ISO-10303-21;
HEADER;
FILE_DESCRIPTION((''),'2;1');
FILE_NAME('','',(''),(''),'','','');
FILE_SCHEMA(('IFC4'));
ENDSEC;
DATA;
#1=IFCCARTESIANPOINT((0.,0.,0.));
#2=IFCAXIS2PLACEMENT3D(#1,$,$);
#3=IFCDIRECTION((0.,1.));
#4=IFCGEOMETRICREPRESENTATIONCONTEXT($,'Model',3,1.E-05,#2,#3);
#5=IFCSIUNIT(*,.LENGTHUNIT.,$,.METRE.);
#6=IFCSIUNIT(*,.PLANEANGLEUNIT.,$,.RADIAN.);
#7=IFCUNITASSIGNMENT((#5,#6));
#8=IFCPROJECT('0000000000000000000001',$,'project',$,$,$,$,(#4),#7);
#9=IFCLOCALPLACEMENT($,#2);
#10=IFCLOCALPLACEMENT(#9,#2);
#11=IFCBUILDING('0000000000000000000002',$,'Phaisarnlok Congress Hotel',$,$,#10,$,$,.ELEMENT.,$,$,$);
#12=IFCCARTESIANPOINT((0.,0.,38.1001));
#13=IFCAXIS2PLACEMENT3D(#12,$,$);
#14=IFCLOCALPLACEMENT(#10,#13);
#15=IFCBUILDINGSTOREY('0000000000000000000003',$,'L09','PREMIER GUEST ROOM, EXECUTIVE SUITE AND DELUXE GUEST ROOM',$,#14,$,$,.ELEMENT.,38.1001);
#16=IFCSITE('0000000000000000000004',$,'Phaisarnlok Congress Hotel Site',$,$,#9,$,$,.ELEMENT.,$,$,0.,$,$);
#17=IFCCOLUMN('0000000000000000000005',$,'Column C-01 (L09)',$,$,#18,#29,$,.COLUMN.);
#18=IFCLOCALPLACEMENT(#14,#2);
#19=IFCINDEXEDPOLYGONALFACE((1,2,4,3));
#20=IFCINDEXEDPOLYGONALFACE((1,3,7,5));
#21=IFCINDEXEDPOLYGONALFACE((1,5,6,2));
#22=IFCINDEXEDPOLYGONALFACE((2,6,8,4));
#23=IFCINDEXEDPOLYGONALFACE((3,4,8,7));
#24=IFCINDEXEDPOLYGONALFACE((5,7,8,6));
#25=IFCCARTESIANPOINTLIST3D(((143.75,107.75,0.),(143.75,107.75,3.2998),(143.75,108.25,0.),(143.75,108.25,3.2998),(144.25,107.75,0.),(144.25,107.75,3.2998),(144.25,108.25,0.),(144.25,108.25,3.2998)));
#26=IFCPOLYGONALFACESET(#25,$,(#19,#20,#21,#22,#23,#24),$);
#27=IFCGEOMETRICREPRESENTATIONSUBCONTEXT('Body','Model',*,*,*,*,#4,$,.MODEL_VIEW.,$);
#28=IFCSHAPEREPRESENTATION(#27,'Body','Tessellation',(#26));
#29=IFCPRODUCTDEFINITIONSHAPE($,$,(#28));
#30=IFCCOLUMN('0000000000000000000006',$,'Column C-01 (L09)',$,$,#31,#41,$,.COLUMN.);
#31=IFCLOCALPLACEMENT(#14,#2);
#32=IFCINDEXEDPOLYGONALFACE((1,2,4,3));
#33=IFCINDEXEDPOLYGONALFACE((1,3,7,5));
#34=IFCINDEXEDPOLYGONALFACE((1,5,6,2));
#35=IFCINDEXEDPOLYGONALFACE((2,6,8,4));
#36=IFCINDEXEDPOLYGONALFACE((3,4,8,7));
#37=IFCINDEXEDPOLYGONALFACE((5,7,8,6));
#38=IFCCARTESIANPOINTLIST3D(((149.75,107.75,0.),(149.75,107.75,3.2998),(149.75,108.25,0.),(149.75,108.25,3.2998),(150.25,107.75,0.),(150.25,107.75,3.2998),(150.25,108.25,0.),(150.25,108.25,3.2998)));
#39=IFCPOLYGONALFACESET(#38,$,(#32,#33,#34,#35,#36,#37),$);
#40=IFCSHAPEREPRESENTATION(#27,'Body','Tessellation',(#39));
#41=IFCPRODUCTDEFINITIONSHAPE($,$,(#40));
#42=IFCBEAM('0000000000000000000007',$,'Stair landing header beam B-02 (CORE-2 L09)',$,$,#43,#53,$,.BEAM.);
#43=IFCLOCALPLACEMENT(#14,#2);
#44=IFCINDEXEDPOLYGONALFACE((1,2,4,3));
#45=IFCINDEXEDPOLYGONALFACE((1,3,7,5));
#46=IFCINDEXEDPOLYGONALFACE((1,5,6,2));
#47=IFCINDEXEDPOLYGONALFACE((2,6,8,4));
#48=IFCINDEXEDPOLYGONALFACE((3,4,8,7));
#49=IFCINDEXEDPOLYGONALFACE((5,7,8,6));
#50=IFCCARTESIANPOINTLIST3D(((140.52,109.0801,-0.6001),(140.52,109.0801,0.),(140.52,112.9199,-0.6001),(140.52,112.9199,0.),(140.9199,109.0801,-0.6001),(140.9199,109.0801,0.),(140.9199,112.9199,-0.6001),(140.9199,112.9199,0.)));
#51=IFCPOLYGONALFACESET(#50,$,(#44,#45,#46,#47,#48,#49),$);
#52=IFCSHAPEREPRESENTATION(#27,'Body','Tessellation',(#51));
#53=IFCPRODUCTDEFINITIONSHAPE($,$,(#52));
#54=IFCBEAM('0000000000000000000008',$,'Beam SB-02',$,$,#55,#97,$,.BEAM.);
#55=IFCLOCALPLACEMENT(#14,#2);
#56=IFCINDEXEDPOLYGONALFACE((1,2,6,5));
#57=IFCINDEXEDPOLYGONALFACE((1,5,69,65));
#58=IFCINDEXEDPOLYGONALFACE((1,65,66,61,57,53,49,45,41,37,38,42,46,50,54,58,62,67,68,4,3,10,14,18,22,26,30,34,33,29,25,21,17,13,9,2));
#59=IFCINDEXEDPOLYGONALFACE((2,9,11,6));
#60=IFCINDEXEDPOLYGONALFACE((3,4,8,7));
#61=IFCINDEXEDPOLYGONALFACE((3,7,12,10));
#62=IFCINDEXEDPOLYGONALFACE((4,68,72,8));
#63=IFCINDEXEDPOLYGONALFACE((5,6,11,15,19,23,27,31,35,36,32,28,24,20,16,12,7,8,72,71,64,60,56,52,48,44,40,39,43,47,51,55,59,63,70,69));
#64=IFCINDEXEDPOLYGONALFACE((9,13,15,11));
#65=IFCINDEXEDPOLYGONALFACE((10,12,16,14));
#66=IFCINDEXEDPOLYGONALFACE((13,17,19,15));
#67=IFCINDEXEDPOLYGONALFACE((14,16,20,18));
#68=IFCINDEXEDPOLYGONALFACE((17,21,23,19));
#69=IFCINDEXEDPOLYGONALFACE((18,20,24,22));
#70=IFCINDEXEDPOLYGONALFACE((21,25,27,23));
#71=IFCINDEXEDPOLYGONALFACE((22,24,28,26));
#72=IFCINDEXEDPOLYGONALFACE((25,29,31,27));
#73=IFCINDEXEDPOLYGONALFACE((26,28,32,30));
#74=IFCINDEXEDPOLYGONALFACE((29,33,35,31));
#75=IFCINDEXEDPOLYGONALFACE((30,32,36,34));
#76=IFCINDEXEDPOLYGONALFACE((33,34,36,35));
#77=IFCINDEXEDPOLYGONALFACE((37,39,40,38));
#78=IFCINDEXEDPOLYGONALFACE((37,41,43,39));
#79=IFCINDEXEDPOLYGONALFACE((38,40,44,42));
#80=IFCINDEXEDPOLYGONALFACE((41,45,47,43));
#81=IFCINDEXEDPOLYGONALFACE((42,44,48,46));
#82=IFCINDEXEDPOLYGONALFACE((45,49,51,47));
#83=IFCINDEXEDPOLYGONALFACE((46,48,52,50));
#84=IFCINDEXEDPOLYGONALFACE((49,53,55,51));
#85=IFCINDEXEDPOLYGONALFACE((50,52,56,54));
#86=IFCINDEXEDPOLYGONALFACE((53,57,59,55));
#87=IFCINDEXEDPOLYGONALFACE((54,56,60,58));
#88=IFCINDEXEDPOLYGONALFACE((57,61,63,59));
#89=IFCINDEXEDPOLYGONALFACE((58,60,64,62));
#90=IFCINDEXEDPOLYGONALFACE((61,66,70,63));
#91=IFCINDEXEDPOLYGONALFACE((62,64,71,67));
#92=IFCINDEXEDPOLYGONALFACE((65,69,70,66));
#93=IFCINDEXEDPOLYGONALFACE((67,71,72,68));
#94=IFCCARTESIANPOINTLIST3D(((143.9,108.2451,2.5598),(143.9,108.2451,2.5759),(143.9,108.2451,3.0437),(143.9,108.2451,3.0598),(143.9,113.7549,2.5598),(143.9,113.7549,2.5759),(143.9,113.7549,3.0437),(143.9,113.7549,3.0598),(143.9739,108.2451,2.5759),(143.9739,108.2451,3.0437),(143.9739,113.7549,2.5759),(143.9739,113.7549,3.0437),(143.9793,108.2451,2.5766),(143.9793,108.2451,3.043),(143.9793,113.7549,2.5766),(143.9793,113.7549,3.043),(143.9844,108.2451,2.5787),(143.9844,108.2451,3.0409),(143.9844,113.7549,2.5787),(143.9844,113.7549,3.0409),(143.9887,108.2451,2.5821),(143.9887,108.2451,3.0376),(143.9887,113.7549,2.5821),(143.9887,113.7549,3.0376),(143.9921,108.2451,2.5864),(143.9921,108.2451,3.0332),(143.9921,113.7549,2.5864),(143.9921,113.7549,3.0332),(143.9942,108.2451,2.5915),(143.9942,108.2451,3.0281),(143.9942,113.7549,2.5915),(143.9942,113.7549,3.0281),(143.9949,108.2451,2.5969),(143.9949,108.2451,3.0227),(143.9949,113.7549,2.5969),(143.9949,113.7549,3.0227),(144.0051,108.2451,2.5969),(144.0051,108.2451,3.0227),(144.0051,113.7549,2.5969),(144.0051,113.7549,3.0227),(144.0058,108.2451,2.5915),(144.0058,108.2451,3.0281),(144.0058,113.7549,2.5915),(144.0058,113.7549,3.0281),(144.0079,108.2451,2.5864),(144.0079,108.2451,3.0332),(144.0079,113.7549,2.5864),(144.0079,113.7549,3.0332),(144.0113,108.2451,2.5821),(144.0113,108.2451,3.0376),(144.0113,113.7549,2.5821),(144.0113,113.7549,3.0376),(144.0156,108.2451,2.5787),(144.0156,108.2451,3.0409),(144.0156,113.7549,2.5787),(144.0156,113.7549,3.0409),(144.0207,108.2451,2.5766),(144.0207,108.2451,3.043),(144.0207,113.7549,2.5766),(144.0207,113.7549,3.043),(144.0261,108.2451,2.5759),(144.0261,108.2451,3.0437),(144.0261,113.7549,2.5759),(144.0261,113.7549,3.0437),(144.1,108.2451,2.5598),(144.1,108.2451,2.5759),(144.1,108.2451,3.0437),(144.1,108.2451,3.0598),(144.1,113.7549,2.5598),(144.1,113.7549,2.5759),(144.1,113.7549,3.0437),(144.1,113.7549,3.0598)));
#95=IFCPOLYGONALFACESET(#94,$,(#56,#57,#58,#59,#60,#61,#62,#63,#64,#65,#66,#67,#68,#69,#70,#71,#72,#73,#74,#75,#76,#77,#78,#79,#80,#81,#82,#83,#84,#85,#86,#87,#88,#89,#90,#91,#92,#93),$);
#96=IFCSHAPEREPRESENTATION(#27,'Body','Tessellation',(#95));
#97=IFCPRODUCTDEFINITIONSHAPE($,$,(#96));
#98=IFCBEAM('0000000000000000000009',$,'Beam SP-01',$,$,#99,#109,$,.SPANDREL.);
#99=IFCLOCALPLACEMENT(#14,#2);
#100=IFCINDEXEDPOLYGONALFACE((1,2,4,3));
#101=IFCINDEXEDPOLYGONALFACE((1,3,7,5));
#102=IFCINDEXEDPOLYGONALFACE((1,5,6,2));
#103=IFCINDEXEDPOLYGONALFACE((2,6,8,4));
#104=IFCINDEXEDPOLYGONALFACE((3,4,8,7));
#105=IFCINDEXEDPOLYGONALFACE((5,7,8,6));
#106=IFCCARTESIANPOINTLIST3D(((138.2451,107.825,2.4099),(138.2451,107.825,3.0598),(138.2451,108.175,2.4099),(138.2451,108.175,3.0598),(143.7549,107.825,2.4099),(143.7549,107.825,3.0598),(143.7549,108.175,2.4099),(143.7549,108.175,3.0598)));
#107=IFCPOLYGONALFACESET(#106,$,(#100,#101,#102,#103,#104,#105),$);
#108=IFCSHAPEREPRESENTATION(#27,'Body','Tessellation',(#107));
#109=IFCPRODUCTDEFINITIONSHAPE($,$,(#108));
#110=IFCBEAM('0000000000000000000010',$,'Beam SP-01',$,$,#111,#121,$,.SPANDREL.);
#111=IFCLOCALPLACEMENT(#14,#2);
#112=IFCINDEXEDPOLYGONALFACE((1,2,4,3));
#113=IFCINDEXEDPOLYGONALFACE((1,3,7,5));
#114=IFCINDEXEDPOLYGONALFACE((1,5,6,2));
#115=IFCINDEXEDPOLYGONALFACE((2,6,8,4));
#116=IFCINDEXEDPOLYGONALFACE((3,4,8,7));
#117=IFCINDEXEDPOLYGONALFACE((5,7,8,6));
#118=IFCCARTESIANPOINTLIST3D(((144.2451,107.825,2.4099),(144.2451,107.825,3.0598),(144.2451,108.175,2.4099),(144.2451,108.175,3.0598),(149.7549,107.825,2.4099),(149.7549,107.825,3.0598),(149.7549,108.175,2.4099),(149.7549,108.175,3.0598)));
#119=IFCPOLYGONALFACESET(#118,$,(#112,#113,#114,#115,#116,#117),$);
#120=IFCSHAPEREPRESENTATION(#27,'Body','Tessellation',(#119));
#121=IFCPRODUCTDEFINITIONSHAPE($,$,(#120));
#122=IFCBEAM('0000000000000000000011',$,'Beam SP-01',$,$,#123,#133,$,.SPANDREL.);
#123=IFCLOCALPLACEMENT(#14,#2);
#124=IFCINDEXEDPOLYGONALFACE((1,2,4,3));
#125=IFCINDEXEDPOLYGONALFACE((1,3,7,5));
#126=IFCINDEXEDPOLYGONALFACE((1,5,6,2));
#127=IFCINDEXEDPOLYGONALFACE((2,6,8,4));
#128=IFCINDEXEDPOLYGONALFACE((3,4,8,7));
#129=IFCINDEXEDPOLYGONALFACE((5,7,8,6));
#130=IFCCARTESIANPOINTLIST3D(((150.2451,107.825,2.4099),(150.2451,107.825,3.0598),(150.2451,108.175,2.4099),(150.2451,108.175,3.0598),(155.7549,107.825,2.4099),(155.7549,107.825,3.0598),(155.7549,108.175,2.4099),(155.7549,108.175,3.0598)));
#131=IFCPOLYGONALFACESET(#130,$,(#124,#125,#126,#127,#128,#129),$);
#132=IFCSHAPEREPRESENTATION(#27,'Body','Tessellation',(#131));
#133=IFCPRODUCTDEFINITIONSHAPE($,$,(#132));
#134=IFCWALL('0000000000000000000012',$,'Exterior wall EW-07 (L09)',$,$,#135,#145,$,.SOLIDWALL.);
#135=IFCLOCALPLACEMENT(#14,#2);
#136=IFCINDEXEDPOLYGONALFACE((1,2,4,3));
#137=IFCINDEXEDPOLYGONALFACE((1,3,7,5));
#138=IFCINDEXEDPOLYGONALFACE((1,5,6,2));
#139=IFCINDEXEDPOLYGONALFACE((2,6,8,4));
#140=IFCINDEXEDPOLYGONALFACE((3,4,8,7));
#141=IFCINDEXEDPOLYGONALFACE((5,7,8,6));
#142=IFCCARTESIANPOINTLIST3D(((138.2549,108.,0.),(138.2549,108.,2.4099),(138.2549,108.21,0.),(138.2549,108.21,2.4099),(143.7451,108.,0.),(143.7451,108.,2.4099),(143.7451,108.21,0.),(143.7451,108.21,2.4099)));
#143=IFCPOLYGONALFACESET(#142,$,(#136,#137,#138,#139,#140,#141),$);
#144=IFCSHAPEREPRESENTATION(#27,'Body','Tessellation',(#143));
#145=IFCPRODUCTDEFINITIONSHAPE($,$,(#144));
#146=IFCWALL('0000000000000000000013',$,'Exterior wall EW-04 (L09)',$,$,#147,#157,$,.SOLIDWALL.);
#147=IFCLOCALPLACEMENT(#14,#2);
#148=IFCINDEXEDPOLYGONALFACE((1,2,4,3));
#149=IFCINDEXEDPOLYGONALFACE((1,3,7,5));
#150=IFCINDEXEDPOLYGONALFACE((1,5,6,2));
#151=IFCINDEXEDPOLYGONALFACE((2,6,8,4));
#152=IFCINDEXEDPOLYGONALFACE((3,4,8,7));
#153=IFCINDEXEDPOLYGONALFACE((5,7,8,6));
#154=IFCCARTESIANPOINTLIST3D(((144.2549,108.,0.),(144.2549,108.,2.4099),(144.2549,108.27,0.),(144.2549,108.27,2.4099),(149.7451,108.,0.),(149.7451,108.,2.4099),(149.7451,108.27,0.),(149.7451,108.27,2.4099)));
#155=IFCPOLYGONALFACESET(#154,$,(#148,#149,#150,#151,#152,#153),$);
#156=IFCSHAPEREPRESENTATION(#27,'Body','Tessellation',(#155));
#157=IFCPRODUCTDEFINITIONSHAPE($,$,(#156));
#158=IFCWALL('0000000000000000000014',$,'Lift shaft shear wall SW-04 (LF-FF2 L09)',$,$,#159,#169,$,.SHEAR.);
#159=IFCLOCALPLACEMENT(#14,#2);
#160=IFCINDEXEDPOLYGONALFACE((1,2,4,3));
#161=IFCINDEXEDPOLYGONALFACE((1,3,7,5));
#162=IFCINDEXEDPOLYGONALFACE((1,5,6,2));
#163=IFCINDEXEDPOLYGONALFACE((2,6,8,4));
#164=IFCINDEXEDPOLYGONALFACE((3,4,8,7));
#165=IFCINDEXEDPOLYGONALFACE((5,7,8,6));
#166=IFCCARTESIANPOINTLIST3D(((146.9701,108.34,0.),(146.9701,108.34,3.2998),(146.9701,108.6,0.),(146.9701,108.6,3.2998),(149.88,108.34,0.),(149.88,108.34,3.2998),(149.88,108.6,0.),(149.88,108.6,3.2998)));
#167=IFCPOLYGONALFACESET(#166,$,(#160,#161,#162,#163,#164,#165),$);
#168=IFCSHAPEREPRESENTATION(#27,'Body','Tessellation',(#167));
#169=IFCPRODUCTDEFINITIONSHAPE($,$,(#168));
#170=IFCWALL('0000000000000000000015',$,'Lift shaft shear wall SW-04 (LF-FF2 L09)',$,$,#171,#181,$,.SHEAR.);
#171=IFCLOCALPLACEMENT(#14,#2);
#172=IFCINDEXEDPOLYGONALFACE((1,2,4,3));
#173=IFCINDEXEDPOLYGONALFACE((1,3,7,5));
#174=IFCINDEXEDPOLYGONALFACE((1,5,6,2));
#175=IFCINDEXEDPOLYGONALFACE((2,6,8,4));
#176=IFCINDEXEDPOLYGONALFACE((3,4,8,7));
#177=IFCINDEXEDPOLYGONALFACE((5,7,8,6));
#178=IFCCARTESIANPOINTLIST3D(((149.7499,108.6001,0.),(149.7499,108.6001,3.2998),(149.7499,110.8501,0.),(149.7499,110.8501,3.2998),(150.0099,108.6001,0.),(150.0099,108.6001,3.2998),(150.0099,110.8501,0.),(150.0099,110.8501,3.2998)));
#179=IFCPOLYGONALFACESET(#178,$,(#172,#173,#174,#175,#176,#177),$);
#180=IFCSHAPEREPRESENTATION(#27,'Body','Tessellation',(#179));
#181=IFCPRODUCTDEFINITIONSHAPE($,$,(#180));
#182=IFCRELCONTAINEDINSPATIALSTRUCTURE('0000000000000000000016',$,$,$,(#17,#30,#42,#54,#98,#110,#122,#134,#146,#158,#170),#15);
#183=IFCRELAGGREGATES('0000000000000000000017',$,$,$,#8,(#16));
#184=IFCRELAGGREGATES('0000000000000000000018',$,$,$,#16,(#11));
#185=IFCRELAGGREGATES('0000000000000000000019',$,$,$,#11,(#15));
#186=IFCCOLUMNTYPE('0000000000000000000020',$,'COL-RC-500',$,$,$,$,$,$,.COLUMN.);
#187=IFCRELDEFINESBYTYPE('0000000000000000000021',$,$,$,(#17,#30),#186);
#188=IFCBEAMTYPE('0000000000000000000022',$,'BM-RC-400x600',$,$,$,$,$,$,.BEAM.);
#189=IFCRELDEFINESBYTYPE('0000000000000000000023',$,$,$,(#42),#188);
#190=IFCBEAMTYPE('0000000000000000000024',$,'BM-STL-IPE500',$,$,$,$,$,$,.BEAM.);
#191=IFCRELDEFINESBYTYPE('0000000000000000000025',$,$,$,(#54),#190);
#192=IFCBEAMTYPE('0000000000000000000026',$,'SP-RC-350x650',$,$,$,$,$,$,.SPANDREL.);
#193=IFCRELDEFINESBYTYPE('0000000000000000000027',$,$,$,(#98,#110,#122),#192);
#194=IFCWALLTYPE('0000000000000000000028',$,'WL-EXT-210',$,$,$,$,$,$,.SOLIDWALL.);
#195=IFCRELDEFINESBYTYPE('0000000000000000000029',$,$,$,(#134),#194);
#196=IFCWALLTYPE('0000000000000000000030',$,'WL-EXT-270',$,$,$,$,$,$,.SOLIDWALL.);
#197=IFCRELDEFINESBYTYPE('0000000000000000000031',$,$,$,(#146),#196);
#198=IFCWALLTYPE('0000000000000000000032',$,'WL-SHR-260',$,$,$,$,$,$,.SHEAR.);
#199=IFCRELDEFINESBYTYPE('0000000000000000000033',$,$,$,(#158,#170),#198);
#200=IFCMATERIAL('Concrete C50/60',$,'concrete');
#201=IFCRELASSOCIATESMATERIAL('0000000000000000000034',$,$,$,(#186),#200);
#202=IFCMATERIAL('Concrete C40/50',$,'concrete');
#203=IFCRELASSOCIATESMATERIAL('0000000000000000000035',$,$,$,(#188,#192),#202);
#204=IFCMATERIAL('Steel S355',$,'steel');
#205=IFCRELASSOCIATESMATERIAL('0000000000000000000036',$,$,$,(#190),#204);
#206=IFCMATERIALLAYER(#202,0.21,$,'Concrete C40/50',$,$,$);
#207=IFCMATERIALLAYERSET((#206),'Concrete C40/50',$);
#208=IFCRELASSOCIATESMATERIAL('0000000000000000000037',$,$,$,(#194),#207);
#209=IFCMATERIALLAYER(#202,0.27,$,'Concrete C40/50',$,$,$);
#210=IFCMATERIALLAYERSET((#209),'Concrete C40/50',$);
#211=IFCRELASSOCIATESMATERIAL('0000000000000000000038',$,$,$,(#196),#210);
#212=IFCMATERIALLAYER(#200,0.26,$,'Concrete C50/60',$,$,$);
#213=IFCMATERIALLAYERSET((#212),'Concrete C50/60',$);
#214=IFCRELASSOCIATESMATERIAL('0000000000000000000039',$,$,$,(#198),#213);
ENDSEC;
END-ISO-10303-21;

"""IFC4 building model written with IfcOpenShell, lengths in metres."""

from ifc_helpers import new_model, si_unit, direction, frame, frame_2d, origin, origin_2d, place, context, subcontext, project, spatial, rectangle, i_section, extrude, material, layer, layer_set, material_profile, profile_set, type_object, element, save


model = new_model("IFC4")

# Units and contexts
model_context = context("Model", 3, precision=1e-05, world=origin(), true_north=direction((0.0, 1.0)))
body_context = subcontext(model_context, "Body", "Model", "MODEL_VIEW")
ifc_project = project(units=[si_unit("LENGTHUNIT", "METRE"), si_unit("PLANEANGLEUNIT", "RADIAN")], contexts=[model_context])

# Site, building, storey
site_placement = place(None, origin())
site = spatial("IfcSite", under=ifc_project, at=site_placement, Name="Phaisarnlok Congress Hotel Site", CompositionType="ELEMENT", RefElevation=0.0)
building_placement = place(site_placement, origin())
building = spatial("IfcBuilding", under=site, at=building_placement, Name="Phaisarnlok Congress Hotel", CompositionType="ELEMENT")
storey_placement = place(building_placement, frame((0.0, 0.0, 38.1001)))
storey = spatial("IfcBuildingStorey", under=building, at=storey_placement, Name="L09", Description="PREMIER GUEST ROOM, EXECUTIVE SUITE AND DELUXE GUEST ROOM", CompositionType="ELEMENT", Elevation=38.1001)

# Columns
ifc_material_1 = material(Name="Concrete C50/60", Category="concrete")
ifc_material_profile_1 = material_profile(ifc_material_1, rectangle(XDim=0.5, YDim=0.5, at=origin_2d()), Name="RC 500x500")
ifc_profile_set_1 = profile_set([ifc_material_profile_1], Name="Concrete C50/60")
column_type = type_object("IfcColumnType", Name="COL-RC-500", PredefinedType="COLUMN", material=ifc_profile_set_1)
for number, where, z_axis, x_axis, name in (
    (1, (144.0, 108.0, 0.0), (0.0, 0.0, 1.0), (1.0, 0.0, 0.0), "Column C-01 (L09)"),
    (2, (150.0, 108.0, 0.0), (0.0, 0.0, 1.0), (1.0, 0.0, 0.0), "Column C-01 (L09)"),
):
    element("IfcColumn", number, at=place(storey_placement, frame(where, z_axis=z_axis, x_axis=x_axis)), inside=storey, type_object=column_type, Name=name, PredefinedType="COLUMN", context=body_context, shape_type="SweptSolid", body=[
        extrude(rectangle(XDim=0.5, YDim=0.5, at=origin_2d()), origin(), (0.0, 0.0, 1.0), 3.2998),
    ])

# Beams
ifc_material_2 = material(Name="Concrete C40/50", Category="concrete")
ifc_material_profile_2 = material_profile(ifc_material_2, rectangle(XDim=0.3999, YDim=0.6001, at=origin_2d()), Name="RC 400x600")
ifc_profile_set_2 = profile_set([ifc_material_profile_2], Name="Concrete C40/50")
beam_type_1 = type_object("IfcBeamType", Name="BM-RC-400x600", PredefinedType="BEAM", material=ifc_profile_set_2)
beam_1_placement = place(storey_placement, frame((140.72, 109.0801, -0.3), z_axis=(0.0, 1.0, 0.0), x_axis=(-1.0, 0.0, 0.0)))
element("IfcBeam", 3, at=beam_1_placement, inside=storey, type_object=beam_type_1, Name="Stair landing header beam B-02 (CORE-2 L09)", PredefinedType="BEAM", context=body_context, shape_type="SweptSolid", body=[
    extrude(rectangle(XDim=0.3999, YDim=0.6001, at=origin_2d()), origin(), (0.0, 0.0, 1.0), 3.8398),
])
ifc_material_3 = material(Name="Steel S355", Category="steel")
ifc_material_profile_3 = material_profile(ifc_material_3, i_section(OverallWidth=0.2, OverallDepth=0.5, WebThickness=0.0103, FlangeThickness=0.0161, FilletRadius=0.021, at=origin_2d()), Name="IPE 500")
ifc_profile_set_3 = profile_set([ifc_material_profile_3], Name="Steel S355")
beam_type_2 = type_object("IfcBeamType", Name="BM-STL-IPE500", PredefinedType="BEAM", material=ifc_profile_set_3)
beam_2_placement = place(storey_placement, frame((144.0, 108.2451, 2.8098), z_axis=(0.0, 1.0, 0.0), x_axis=(-1.0, 0.0, 0.0)))
element("IfcBeam", 4, at=beam_2_placement, inside=storey, type_object=beam_type_2, Name="Beam SB-02", PredefinedType="BEAM", context=body_context, shape_type="SweptSolid", body=[
    extrude(i_section(OverallWidth=0.2, OverallDepth=0.5, WebThickness=0.0103, FlangeThickness=0.0161, FilletRadius=0.021, at=origin_2d()), origin(), (0.0, 0.0, 1.0), 5.5098),
])
ifc_material_profile_4 = material_profile(ifc_material_2, rectangle(XDim=0.3501, YDim=0.6499, at=origin_2d()), Name="RC 350x650")
ifc_profile_set_4 = profile_set([ifc_material_profile_4], Name="Concrete C40/50")
beam_type_3 = type_object("IfcBeamType", Name="SP-RC-350x650", PredefinedType="SPANDREL", material=ifc_profile_set_4)
for number, where, z_axis, x_axis, name in (
    (5, (138.2451, 108.0, 2.7349), (1.0, 0.0, 0.0), (0.0, 1.0, 0.0), "Beam SP-01"),
    (6, (144.2451, 108.0, 2.7349), (1.0, 0.0, 0.0), (0.0, 1.0, 0.0), "Beam SP-01"),
    (7, (150.2451, 108.0, 2.7349), (1.0, 0.0, 0.0), (0.0, 1.0, 0.0), "Beam SP-01"),
):
    element("IfcBeam", number, at=place(storey_placement, frame(where, z_axis=z_axis, x_axis=x_axis)), inside=storey, type_object=beam_type_3, Name=name, PredefinedType="SPANDREL", context=body_context, shape_type="SweptSolid", body=[
        extrude(rectangle(XDim=0.3501, YDim=0.6499, at=origin_2d()), origin(), (0.0, 0.0, 1.0), 5.5098),
    ])

# Walls
ifc_layer_1 = layer(ifc_material_2, 0.21, Name="Concrete C40/50")
ifc_layer_set_1 = layer_set([ifc_layer_1], Name="Concrete C40/50")
wall_type_1 = type_object("IfcWallType", Name="WL-EXT-210", PredefinedType="SOLIDWALL", material=ifc_layer_set_1)
wall_1_placement = place(storey_placement, frame((138.2549, 108.105, 0.0), z_axis=(0.0, 0.0, 1.0), x_axis=(1.0, 0.0, 0.0)))
element("IfcWall", 8, at=wall_1_placement, inside=storey, type_object=wall_type_1, Name="Exterior wall EW-07 (L09)", PredefinedType="SOLIDWALL", context=body_context, shape_type="SweptSolid", body=[
    extrude(rectangle(XDim=5.4902, YDim=0.21, at=frame_2d((2.7451, 0.0))), origin(), (0.0, 0.0, 1.0), 2.4099),
])
ifc_layer_2 = layer(ifc_material_2, 0.27, Name="Concrete C40/50")
ifc_layer_set_2 = layer_set([ifc_layer_2], Name="Concrete C40/50")
wall_type_2 = type_object("IfcWallType", Name="WL-EXT-270", PredefinedType="SOLIDWALL", material=ifc_layer_set_2)
wall_2_placement = place(storey_placement, frame((144.2549, 108.135, 0.0), z_axis=(0.0, 0.0, 1.0), x_axis=(1.0, 0.0, 0.0)))
element("IfcWall", 9, at=wall_2_placement, inside=storey, type_object=wall_type_2, Name="Exterior wall EW-04 (L09)", PredefinedType="SOLIDWALL", context=body_context, shape_type="SweptSolid", body=[
    extrude(rectangle(XDim=5.4902, YDim=0.27, at=frame_2d((2.7451, 0.0))), origin(), (0.0, 0.0, 1.0), 2.4099),
])

# Shared definitions
ifc_layer_3 = layer(ifc_material_1, 0.26, Name="Concrete C50/60")
ifc_layer_set_3 = layer_set([ifc_layer_3], Name="Concrete C50/60")
wall_type_3 = type_object("IfcWallType", Name="WL-SHR-260", PredefinedType="SHEAR", material=ifc_layer_set_3)

# Walls
wall_3_placement = place(storey_placement, frame((146.97, 108.47, 0.0), z_axis=(0.0, 0.0, 1.0), x_axis=(1.0, 0.0, 0.0)))
element("IfcWall", 10, at=wall_3_placement, inside=storey, type_object=wall_type_3, Name="Lift shaft shear wall SW-04 (LF-FF2 L09)", PredefinedType="SHEAR", context=body_context, shape_type="SweptSolid", body=[
    extrude(rectangle(XDim=2.9099, YDim=0.26, at=frame_2d((1.4551, 0.0))), origin(), (0.0, 0.0, 1.0), 3.2998),
])
wall_4_placement = place(storey_placement, frame((149.8799, 108.6001, 0.0), z_axis=(0.0, 0.0, 1.0), x_axis=(0.0, 1.0, 0.0)))
element("IfcWall", 11, at=wall_4_placement, inside=storey, type_object=wall_type_3, Name="Lift shaft shear wall SW-04 (LF-FF2 L09)", PredefinedType="SHEAR", context=body_context, shape_type="SweptSolid", body=[
    extrude(rectangle(XDim=2.25, YDim=0.26, at=frame_2d((1.125, 0.0))), origin(), (0.0, 0.0, 1.0), 3.2998),
])

save(model, "model.ifc")
